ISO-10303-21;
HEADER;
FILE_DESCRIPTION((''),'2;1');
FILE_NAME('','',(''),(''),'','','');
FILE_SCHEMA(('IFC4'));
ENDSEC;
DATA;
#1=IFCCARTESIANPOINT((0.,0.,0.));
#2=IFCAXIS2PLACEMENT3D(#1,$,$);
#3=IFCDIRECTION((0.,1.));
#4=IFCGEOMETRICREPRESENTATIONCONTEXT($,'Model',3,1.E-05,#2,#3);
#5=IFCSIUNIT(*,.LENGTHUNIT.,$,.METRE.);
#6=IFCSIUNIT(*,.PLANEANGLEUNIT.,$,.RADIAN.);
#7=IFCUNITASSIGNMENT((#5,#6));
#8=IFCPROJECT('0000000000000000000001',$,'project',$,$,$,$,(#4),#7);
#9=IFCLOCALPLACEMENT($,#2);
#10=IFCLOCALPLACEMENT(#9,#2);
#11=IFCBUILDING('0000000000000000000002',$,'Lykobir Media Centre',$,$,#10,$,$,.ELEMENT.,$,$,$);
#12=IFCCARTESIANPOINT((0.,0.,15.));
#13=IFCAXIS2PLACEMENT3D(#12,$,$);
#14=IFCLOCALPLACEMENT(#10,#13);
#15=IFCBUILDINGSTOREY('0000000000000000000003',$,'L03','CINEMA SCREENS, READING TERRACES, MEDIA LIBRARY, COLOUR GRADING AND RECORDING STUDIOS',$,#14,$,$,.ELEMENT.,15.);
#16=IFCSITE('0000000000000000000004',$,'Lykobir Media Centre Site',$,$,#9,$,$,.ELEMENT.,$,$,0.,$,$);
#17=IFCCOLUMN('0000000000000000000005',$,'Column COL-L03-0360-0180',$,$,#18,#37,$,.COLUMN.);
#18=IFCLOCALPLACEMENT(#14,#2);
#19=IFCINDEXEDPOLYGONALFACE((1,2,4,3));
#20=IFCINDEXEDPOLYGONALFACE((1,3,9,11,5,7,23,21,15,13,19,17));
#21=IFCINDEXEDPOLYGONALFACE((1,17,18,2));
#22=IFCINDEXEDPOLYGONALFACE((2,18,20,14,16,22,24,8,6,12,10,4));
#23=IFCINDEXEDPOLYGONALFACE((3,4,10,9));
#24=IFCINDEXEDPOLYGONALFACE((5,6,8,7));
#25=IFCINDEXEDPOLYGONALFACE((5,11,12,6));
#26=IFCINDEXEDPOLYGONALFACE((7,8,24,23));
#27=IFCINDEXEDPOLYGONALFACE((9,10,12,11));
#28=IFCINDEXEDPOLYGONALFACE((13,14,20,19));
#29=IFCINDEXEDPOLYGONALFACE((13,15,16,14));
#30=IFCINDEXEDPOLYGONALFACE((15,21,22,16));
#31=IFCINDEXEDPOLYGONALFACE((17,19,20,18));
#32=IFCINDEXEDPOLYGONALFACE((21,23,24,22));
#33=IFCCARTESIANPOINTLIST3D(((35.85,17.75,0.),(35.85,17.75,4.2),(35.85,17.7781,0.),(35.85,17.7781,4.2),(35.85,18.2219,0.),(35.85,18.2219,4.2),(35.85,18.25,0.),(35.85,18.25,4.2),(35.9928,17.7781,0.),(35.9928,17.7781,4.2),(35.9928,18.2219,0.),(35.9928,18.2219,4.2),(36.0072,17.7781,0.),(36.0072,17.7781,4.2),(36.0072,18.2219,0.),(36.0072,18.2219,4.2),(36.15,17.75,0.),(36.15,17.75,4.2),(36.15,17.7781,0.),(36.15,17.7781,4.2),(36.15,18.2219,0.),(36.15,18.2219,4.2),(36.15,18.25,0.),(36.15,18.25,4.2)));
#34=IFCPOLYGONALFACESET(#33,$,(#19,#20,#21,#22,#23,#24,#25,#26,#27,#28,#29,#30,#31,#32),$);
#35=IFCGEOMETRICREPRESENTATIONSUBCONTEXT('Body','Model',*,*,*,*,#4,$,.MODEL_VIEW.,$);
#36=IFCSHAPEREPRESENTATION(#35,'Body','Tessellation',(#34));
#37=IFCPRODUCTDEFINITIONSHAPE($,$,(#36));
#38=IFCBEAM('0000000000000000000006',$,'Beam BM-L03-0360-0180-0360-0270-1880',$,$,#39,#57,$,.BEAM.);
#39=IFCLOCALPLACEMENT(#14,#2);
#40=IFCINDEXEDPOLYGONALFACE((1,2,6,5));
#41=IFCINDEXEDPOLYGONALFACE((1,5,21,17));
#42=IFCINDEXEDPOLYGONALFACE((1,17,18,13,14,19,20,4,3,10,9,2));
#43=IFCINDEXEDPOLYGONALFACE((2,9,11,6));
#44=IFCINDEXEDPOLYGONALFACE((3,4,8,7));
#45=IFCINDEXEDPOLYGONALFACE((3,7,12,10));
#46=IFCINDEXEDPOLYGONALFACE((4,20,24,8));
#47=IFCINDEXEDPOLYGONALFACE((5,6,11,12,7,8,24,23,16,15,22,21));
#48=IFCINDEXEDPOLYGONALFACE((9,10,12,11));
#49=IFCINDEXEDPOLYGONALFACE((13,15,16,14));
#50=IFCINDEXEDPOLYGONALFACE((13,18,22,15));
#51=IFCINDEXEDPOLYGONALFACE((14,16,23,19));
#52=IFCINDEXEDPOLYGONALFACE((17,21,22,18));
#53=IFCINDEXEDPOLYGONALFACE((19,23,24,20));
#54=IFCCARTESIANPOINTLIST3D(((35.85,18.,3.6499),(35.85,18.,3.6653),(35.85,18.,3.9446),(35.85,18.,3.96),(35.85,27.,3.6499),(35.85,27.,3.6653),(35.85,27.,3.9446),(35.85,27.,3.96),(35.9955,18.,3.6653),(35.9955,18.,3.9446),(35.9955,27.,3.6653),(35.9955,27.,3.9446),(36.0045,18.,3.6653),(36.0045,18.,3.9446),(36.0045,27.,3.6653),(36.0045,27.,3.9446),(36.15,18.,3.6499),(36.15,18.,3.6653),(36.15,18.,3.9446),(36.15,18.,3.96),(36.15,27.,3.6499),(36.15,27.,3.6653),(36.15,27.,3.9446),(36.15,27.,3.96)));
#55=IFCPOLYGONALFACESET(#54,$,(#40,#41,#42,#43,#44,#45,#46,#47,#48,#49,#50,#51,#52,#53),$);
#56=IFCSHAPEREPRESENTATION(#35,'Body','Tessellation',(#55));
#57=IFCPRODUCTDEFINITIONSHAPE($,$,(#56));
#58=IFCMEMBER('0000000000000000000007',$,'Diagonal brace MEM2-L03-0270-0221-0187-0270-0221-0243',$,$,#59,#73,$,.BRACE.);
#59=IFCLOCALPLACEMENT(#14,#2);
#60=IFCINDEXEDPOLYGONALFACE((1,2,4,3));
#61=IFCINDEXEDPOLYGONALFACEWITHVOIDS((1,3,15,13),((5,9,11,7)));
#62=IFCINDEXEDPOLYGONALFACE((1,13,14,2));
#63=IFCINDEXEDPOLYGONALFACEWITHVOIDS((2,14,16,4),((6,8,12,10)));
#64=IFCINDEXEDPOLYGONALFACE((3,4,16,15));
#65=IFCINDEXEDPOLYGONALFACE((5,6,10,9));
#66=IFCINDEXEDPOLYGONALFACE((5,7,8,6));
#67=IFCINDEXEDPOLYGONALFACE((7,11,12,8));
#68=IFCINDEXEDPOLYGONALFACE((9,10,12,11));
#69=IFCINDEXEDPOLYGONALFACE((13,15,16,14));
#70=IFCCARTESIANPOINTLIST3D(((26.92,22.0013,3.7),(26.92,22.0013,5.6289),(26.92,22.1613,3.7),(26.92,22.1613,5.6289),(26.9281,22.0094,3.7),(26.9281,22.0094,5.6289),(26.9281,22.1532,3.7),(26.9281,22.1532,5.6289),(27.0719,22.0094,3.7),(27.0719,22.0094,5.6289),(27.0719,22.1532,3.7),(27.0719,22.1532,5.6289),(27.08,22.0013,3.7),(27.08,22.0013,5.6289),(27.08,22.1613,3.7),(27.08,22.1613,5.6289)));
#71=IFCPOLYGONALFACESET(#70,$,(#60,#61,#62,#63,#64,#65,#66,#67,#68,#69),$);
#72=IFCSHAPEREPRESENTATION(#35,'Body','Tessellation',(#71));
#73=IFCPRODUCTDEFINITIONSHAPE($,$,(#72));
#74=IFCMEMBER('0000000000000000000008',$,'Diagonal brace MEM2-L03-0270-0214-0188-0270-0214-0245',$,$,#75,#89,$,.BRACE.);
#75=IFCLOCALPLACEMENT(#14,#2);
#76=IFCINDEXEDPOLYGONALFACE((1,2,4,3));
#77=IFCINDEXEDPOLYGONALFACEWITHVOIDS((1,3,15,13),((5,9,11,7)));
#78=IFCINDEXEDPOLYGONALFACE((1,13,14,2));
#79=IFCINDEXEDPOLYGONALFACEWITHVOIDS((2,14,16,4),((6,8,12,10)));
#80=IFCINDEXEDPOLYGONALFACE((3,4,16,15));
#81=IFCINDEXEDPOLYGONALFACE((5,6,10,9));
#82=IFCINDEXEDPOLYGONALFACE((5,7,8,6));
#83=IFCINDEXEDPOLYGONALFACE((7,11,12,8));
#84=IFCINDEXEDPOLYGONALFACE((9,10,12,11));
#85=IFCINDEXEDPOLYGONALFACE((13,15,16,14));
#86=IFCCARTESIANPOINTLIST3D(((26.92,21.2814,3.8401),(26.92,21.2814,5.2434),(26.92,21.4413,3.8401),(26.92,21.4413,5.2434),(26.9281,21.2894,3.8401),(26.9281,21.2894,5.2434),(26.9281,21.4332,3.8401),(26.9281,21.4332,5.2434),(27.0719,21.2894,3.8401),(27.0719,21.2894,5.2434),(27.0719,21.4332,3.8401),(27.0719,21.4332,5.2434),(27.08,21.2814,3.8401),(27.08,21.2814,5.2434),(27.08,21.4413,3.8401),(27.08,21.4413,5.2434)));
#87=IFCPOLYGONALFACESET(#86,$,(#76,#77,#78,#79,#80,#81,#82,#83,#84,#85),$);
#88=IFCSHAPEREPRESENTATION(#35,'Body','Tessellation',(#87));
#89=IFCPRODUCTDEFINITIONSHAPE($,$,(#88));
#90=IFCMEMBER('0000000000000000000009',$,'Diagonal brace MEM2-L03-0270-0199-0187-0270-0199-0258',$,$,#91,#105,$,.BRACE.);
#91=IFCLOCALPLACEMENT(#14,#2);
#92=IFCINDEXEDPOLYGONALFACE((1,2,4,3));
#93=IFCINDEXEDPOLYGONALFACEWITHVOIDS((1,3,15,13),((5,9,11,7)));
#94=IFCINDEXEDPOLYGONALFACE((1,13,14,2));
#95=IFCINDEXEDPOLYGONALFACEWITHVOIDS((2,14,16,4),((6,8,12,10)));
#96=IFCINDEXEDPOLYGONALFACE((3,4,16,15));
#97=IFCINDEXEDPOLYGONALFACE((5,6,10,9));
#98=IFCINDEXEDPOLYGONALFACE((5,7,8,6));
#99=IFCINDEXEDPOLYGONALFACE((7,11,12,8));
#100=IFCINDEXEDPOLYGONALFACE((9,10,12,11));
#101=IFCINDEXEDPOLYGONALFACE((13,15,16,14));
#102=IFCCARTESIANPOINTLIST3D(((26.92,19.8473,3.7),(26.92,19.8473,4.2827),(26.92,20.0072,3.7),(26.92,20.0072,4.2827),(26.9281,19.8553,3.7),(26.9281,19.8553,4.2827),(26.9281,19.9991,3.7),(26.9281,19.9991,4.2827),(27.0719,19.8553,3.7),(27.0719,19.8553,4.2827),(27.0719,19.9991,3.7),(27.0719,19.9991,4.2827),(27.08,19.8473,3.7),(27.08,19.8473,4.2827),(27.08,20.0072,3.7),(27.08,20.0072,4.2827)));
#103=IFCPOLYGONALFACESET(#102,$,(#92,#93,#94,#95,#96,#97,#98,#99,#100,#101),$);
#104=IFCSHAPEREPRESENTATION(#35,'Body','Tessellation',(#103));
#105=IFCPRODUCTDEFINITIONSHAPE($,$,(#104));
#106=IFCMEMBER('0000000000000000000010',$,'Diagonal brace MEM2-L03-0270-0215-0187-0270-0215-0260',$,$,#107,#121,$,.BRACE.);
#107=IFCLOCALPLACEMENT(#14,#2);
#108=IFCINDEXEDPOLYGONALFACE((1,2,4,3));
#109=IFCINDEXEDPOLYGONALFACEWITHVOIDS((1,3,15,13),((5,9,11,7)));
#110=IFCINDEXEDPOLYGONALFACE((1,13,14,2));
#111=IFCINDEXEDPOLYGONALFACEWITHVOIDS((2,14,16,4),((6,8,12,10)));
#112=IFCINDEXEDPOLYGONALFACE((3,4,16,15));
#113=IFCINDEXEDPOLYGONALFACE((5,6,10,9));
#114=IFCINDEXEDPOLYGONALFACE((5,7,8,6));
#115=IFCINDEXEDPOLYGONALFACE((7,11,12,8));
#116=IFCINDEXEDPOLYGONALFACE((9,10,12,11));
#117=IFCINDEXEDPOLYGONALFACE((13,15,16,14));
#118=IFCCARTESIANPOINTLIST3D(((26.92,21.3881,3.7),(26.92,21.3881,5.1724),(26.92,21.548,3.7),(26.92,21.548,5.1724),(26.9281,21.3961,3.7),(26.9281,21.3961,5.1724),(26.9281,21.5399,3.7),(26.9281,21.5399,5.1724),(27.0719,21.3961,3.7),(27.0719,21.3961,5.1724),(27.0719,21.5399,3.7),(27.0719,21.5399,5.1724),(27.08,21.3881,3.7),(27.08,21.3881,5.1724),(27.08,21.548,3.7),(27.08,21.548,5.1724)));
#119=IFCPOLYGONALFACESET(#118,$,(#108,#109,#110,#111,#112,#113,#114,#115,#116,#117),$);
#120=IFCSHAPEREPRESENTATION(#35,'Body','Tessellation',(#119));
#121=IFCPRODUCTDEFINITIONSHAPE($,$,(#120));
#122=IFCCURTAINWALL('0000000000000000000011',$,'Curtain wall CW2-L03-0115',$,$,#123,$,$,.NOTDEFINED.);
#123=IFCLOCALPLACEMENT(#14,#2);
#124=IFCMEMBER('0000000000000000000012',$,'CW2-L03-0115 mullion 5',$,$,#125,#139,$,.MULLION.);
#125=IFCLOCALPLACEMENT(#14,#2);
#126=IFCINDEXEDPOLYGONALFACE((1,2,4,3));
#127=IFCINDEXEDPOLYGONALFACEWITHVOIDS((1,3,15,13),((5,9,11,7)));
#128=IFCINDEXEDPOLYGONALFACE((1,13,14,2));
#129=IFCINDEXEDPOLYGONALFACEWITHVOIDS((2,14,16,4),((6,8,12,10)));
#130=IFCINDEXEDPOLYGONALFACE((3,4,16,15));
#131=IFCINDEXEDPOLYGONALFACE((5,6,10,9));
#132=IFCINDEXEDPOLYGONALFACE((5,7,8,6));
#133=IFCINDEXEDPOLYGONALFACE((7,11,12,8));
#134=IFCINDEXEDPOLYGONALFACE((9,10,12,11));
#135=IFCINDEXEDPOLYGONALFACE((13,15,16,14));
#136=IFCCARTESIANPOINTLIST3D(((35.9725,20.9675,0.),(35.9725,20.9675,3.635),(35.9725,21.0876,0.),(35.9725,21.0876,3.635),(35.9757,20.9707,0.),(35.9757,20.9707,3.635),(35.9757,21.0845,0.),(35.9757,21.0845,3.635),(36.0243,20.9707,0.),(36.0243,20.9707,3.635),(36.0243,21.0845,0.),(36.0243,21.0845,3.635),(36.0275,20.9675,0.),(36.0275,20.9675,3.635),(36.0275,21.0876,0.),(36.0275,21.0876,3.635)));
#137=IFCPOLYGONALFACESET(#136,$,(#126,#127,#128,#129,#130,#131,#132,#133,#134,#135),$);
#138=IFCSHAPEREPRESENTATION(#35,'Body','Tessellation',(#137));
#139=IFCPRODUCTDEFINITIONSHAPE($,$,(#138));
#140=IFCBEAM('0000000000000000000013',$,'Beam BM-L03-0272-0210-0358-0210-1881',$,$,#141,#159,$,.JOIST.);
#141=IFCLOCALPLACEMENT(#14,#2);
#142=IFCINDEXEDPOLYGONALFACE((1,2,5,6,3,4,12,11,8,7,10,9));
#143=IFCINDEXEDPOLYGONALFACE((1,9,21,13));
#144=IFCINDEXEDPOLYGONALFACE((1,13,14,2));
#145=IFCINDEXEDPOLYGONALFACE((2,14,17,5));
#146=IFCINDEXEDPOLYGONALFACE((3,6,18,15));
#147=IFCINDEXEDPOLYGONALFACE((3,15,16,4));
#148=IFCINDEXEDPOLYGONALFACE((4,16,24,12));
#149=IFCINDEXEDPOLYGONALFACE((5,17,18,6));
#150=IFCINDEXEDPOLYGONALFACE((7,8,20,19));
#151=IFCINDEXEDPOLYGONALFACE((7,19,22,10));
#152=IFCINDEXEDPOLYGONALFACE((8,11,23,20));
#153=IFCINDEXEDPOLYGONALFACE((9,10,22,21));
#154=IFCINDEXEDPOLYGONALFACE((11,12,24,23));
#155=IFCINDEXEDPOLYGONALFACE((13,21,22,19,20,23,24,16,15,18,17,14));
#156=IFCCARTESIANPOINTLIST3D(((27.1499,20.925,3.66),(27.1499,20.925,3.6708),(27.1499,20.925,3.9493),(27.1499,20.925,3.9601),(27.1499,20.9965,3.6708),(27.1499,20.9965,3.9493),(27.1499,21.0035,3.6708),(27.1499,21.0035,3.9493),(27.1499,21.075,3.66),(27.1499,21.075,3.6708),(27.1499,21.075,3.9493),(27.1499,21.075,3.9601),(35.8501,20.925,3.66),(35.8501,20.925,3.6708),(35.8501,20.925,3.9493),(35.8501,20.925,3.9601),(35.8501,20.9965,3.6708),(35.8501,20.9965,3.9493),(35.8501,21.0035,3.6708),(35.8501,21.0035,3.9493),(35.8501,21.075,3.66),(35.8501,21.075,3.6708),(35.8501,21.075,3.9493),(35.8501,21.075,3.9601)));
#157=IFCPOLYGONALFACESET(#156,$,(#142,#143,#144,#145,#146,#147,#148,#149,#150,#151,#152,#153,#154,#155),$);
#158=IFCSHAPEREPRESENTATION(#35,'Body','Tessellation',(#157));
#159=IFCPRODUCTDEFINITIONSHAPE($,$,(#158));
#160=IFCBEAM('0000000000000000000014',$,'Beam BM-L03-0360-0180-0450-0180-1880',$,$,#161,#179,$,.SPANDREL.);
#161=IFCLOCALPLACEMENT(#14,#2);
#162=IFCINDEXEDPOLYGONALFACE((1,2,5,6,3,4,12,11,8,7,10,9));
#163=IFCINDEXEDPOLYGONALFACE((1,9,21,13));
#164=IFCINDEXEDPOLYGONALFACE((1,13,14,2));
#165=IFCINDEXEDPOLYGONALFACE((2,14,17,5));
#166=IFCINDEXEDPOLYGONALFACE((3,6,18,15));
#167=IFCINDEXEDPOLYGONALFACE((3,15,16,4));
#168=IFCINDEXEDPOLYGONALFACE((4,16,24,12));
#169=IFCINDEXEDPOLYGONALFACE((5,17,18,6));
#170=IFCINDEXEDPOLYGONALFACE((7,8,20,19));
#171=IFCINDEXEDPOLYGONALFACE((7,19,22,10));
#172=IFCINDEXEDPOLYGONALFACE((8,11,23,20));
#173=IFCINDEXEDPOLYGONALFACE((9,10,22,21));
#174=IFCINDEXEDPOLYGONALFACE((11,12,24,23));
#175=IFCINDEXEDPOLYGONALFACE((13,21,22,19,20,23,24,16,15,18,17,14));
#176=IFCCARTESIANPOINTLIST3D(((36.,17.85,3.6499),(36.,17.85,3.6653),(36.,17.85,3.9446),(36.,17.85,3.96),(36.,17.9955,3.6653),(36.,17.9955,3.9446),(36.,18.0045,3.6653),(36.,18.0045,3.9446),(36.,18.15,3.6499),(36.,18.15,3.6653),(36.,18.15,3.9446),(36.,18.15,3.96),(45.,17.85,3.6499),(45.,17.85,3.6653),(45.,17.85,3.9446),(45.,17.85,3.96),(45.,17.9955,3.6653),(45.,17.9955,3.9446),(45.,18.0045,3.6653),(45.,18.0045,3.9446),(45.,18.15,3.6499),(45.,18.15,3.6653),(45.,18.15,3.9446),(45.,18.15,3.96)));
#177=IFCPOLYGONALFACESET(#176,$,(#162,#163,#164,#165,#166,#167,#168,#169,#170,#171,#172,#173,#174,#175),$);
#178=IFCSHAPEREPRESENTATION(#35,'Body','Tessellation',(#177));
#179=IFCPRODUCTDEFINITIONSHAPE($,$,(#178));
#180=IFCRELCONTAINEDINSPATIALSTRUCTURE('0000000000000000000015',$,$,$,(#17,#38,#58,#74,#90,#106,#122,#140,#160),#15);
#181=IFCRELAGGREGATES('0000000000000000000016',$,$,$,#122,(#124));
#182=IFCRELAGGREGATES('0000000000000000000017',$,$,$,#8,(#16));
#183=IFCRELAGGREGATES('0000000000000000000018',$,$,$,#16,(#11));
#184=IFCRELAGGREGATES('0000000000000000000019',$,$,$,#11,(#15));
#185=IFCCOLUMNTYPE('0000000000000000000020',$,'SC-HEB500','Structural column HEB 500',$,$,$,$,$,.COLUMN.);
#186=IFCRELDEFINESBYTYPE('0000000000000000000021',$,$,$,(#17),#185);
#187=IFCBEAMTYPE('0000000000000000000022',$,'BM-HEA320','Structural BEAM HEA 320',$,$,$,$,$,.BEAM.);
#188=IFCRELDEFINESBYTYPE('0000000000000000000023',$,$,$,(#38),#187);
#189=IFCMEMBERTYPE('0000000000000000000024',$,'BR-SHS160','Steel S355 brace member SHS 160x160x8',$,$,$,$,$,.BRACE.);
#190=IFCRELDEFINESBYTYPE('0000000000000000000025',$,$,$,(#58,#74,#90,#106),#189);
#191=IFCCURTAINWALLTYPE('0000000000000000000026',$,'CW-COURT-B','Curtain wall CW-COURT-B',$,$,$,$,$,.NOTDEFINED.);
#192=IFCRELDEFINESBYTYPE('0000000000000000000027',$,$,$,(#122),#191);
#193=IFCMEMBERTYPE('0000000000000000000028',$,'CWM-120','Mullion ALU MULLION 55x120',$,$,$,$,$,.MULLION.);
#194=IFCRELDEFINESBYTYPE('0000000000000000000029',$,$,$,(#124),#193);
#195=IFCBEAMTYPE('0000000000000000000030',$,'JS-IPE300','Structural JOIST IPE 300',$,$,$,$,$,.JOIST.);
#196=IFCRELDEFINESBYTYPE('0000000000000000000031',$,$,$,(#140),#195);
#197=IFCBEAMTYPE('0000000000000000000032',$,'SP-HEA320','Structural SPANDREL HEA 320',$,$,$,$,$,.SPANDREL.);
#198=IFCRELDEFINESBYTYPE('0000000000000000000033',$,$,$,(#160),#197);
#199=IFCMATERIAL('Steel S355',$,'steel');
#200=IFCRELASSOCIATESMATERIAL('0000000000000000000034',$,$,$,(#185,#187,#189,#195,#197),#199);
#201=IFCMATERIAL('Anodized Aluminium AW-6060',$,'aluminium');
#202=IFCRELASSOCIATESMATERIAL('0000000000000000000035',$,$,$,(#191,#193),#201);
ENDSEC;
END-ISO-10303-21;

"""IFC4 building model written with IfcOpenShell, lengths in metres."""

from ifc_helpers import new_model, si_unit, direction, frame, origin, origin_2d, place, context, subcontext, project, spatial, hollow_rectangle, i_section, extrude, material, material_profile, profile_set, type_object, element, aggregate, save


model = new_model("IFC4")

# Units and contexts
model_context = context("Model", 3, precision=1e-05, world=origin(), true_north=direction((0.0, 1.0)))
body_context = subcontext(model_context, "Body", "Model", "MODEL_VIEW")
ifc_project = project(units=[si_unit("LENGTHUNIT", "METRE"), si_unit("PLANEANGLEUNIT", "RADIAN")], contexts=[model_context])

# Site, building, storey
site_placement = place(None, origin())
site = spatial("IfcSite", under=ifc_project, at=site_placement, Name="Lykobir Media Centre Site", CompositionType="ELEMENT", RefElevation=0.0)
building_placement = place(site_placement, origin())
building = spatial("IfcBuilding", under=site, at=building_placement, Name="Lykobir Media Centre", CompositionType="ELEMENT")
storey_placement = place(building_placement, frame((0.0, 0.0, 15.0)))
storey = spatial("IfcBuildingStorey", under=building, at=storey_placement, Name="L03", Description="CINEMA SCREENS, READING TERRACES, MEDIA LIBRARY, COLOUR GRADING AND RECORDING STUDIOS", CompositionType="ELEMENT", Elevation=15.0)

# Column
ifc_material_1 = material(Name="Steel S355", Category="steel")
ifc_material_profile_1 = material_profile(ifc_material_1, i_section(OverallWidth=0.3, OverallDepth=0.5, WebThickness=0.0144, FlangeThickness=0.0281, at=origin_2d()), Name="HEB 500")
ifc_profile_set_1 = profile_set([ifc_material_profile_1], Name="Steel S355")
column_type = type_object("IfcColumnType", Name="SC-HEB500", Description="Structural column HEB 500", PredefinedType="COLUMN", material=ifc_profile_set_1)
column_placement = place(storey_placement, frame((36.0, 18.0, 0.0), z_axis=(0.0, 0.0, 1.0), x_axis=(1.0, 0.0, 0.0)))
element("IfcColumn", 1, at=column_placement, inside=storey, type_object=column_type, Name="Column COL-L03-0360-0180", PredefinedType="COLUMN", context=body_context, shape_type="SweptSolid", body=[
    extrude(i_section(OverallWidth=0.3, OverallDepth=0.5, WebThickness=0.0144, FlangeThickness=0.0281, at=origin_2d()), origin(), (0.0, 0.0, 1.0), 4.2),
])

# Beam
ifc_material_profile_2 = material_profile(ifc_material_1, i_section(OverallWidth=0.3, OverallDepth=0.3101, WebThickness=0.009, FlangeThickness=0.0154, at=origin_2d()), Name="HEA 320")
ifc_profile_set_2 = profile_set([ifc_material_profile_2], Name="Steel S355")
beam_type_1 = type_object("IfcBeamType", Name="BM-HEA320", Description="Structural BEAM HEA 320", PredefinedType="BEAM", material=ifc_profile_set_2)
beam_1_placement = place(storey_placement, frame((36.0, 18.0, 3.8049), z_axis=(0.0, 1.0, 0.0), x_axis=(-1.0, 0.0, 0.0)))
element("IfcBeam", 2, at=beam_1_placement, inside=storey, type_object=beam_type_1, Name="Beam BM-L03-0360-0180-0360-0270-1880", PredefinedType="BEAM", context=body_context, shape_type="SweptSolid", body=[
    extrude(i_section(OverallWidth=0.3, OverallDepth=0.3101, WebThickness=0.009, FlangeThickness=0.0154, at=origin_2d()), origin(), (0.0, 0.0, 1.0), 9.0),
])

# Members
ifc_material_profile_3 = material_profile(ifc_material_1, hollow_rectangle(XDim=0.1599, YDim=0.1599, WallThickness=0.0081, at=origin_2d()), Name="SHS 160x160x8")
ifc_profile_set_3 = profile_set([ifc_material_profile_3], Name="Steel S355")
member_type_1 = type_object("IfcMemberType", Name="BR-SHS160", Description="Steel S355 brace member SHS 160x160x8", PredefinedType="BRACE", material=ifc_profile_set_3)
member_1_placement = place(storey_placement, frame((27.0, 22.0813, 3.7), z_axis=(0.0, 0.0, 1.0), x_axis=(1.0, 0.0, 0.0)))
element("IfcMember", 3, at=member_1_placement, inside=storey, type_object=member_type_1, Name="Diagonal brace MEM2-L03-0270-0221-0187-0270-0221-0243", PredefinedType="BRACE", context=body_context, shape_type="SweptSolid", body=[
    extrude(hollow_rectangle(XDim=0.1599, YDim=0.1599, WallThickness=0.0081, at=origin_2d()), origin(), (0.0, 0.0, 1.0), 1.929),
])
member_2_placement = place(storey_placement, frame((27.0, 21.3613, 3.8401), z_axis=(0.0, 0.0, 1.0), x_axis=(1.0, 0.0, 0.0)))
element("IfcMember", 4, at=member_2_placement, inside=storey, type_object=member_type_1, Name="Diagonal brace MEM2-L03-0270-0214-0188-0270-0214-0245", PredefinedType="BRACE", context=body_context, shape_type="SweptSolid", body=[
    extrude(hollow_rectangle(XDim=0.1599, YDim=0.1599, WallThickness=0.0081, at=origin_2d()), origin(), (0.0, 0.0, 1.0), 1.4033),
])
member_3_placement = place(storey_placement, frame((27.0, 19.9272, 3.7), z_axis=(0.0, 0.0, 1.0), x_axis=(1.0, 0.0, 0.0)))
element("IfcMember", 5, at=member_3_placement, inside=storey, type_object=member_type_1, Name="Diagonal brace MEM2-L03-0270-0199-0187-0270-0199-0258", PredefinedType="BRACE", context=body_context, shape_type="SweptSolid", body=[
    extrude(hollow_rectangle(XDim=0.1599, YDim=0.1599, WallThickness=0.0081, at=origin_2d()), origin(), (0.0, 0.0, 1.0), 0.5828),
])
member_4_placement = place(storey_placement, frame((27.0, 21.468, 3.7), z_axis=(0.0, 0.0, 1.0), x_axis=(1.0, 0.0, 0.0)))
element("IfcMember", 6, at=member_4_placement, inside=storey, type_object=member_type_1, Name="Diagonal brace MEM2-L03-0270-0215-0187-0270-0215-0260", PredefinedType="BRACE", context=body_context, shape_type="SweptSolid", body=[
    extrude(hollow_rectangle(XDim=0.1599, YDim=0.1599, WallThickness=0.0081, at=origin_2d()), origin(), (0.0, 0.0, 1.0), 1.4724),
])

# Curtain wall, member
ifc_material_2 = material(Name="Anodized Aluminium AW-6060", Category="aluminium")
curtain_wall_type = type_object("IfcCurtainWallType", Name="CW-COURT-B", Description="Curtain wall CW-COURT-B", PredefinedType="NOTDEFINED", material=ifc_material_2)
curtain_wall_placement = place(storey_placement, origin())
curtain_wall = element("IfcCurtainWall", 7, at=curtain_wall_placement, inside=storey, type_object=curtain_wall_type, Name="Curtain wall CW2-L03-0115", PredefinedType="NOTDEFINED")
ifc_material_profile_4 = material_profile(ifc_material_2, hollow_rectangle(XDim=0.0549, YDim=0.1201, WallThickness=0.0032, at=origin_2d()), Name="ALU MULLION 55x120")
ifc_profile_set_4 = profile_set([ifc_material_profile_4], Name="Anodized Aluminium AW-6060")
member_type_2 = type_object("IfcMemberType", Name="CWM-120", Description="Mullion ALU MULLION 55x120", PredefinedType="MULLION", material=ifc_profile_set_4)
member_5_placement = place(storey_placement, frame((36.0, 21.0276, 0.0), z_axis=(0.0, 0.0, 1.0), x_axis=(1.0, 0.0, 0.0)))
member_5 = element("IfcMember", 8, at=member_5_placement, type_object=member_type_2, Name="CW2-L03-0115 mullion 5", PredefinedType="MULLION", context=body_context, shape_type="SweptSolid", body=[
    extrude(hollow_rectangle(XDim=0.0549, YDim=0.1201, WallThickness=0.0032, at=origin_2d()), origin(), (0.0, 0.0, 1.0), 3.635),
])

# Beams
ifc_material_profile_5 = material_profile(ifc_material_1, i_section(OverallWidth=0.1499, OverallDepth=0.3, WebThickness=0.0071, FlangeThickness=0.0107, at=origin_2d()), Name="IPE 300")
ifc_profile_set_5 = profile_set([ifc_material_profile_5], Name="Steel S355")
beam_type_2 = type_object("IfcBeamType", Name="JS-IPE300", Description="Structural JOIST IPE 300", PredefinedType="JOIST", material=ifc_profile_set_5)
beam_2_placement = place(storey_placement, frame((27.1499, 21.0, 3.8101), z_axis=(1.0, 0.0, 0.0), x_axis=(0.0, 1.0, 0.0)))
element("IfcBeam", 9, at=beam_2_placement, inside=storey, type_object=beam_type_2, Name="Beam BM-L03-0272-0210-0358-0210-1881", PredefinedType="JOIST", context=body_context, shape_type="SweptSolid", body=[
    extrude(i_section(OverallWidth=0.1499, OverallDepth=0.3, WebThickness=0.0071, FlangeThickness=0.0107, at=origin_2d()), origin(), (0.0, 0.0, 1.0), 8.7002),
])
ifc_material_profile_6 = material_profile(ifc_material_1, i_section(OverallWidth=0.3, OverallDepth=0.3101, WebThickness=0.009, FlangeThickness=0.0154, at=origin_2d()), Name="HEA 320")
ifc_profile_set_6 = profile_set([ifc_material_profile_6], Name="Steel S355")
beam_type_3 = type_object("IfcBeamType", Name="SP-HEA320", Description="Structural SPANDREL HEA 320", PredefinedType="SPANDREL", material=ifc_profile_set_6)
beam_3_placement = place(storey_placement, frame((36.0, 18.0, 3.8049), z_axis=(1.0, 0.0, 0.0), x_axis=(0.0, 1.0, 0.0)))
element("IfcBeam", 10, at=beam_3_placement, inside=storey, type_object=beam_type_3, Name="Beam BM-L03-0360-0180-0450-0180-1880", PredefinedType="SPANDREL", context=body_context, shape_type="SweptSolid", body=[
    extrude(i_section(OverallWidth=0.3, OverallDepth=0.3101, WebThickness=0.009, FlangeThickness=0.0154, at=origin_2d()), origin(), (0.0, 0.0, 1.0), 9.0),
])

aggregate(curtain_wall, [member_5])

save(model, "model.ifc")
